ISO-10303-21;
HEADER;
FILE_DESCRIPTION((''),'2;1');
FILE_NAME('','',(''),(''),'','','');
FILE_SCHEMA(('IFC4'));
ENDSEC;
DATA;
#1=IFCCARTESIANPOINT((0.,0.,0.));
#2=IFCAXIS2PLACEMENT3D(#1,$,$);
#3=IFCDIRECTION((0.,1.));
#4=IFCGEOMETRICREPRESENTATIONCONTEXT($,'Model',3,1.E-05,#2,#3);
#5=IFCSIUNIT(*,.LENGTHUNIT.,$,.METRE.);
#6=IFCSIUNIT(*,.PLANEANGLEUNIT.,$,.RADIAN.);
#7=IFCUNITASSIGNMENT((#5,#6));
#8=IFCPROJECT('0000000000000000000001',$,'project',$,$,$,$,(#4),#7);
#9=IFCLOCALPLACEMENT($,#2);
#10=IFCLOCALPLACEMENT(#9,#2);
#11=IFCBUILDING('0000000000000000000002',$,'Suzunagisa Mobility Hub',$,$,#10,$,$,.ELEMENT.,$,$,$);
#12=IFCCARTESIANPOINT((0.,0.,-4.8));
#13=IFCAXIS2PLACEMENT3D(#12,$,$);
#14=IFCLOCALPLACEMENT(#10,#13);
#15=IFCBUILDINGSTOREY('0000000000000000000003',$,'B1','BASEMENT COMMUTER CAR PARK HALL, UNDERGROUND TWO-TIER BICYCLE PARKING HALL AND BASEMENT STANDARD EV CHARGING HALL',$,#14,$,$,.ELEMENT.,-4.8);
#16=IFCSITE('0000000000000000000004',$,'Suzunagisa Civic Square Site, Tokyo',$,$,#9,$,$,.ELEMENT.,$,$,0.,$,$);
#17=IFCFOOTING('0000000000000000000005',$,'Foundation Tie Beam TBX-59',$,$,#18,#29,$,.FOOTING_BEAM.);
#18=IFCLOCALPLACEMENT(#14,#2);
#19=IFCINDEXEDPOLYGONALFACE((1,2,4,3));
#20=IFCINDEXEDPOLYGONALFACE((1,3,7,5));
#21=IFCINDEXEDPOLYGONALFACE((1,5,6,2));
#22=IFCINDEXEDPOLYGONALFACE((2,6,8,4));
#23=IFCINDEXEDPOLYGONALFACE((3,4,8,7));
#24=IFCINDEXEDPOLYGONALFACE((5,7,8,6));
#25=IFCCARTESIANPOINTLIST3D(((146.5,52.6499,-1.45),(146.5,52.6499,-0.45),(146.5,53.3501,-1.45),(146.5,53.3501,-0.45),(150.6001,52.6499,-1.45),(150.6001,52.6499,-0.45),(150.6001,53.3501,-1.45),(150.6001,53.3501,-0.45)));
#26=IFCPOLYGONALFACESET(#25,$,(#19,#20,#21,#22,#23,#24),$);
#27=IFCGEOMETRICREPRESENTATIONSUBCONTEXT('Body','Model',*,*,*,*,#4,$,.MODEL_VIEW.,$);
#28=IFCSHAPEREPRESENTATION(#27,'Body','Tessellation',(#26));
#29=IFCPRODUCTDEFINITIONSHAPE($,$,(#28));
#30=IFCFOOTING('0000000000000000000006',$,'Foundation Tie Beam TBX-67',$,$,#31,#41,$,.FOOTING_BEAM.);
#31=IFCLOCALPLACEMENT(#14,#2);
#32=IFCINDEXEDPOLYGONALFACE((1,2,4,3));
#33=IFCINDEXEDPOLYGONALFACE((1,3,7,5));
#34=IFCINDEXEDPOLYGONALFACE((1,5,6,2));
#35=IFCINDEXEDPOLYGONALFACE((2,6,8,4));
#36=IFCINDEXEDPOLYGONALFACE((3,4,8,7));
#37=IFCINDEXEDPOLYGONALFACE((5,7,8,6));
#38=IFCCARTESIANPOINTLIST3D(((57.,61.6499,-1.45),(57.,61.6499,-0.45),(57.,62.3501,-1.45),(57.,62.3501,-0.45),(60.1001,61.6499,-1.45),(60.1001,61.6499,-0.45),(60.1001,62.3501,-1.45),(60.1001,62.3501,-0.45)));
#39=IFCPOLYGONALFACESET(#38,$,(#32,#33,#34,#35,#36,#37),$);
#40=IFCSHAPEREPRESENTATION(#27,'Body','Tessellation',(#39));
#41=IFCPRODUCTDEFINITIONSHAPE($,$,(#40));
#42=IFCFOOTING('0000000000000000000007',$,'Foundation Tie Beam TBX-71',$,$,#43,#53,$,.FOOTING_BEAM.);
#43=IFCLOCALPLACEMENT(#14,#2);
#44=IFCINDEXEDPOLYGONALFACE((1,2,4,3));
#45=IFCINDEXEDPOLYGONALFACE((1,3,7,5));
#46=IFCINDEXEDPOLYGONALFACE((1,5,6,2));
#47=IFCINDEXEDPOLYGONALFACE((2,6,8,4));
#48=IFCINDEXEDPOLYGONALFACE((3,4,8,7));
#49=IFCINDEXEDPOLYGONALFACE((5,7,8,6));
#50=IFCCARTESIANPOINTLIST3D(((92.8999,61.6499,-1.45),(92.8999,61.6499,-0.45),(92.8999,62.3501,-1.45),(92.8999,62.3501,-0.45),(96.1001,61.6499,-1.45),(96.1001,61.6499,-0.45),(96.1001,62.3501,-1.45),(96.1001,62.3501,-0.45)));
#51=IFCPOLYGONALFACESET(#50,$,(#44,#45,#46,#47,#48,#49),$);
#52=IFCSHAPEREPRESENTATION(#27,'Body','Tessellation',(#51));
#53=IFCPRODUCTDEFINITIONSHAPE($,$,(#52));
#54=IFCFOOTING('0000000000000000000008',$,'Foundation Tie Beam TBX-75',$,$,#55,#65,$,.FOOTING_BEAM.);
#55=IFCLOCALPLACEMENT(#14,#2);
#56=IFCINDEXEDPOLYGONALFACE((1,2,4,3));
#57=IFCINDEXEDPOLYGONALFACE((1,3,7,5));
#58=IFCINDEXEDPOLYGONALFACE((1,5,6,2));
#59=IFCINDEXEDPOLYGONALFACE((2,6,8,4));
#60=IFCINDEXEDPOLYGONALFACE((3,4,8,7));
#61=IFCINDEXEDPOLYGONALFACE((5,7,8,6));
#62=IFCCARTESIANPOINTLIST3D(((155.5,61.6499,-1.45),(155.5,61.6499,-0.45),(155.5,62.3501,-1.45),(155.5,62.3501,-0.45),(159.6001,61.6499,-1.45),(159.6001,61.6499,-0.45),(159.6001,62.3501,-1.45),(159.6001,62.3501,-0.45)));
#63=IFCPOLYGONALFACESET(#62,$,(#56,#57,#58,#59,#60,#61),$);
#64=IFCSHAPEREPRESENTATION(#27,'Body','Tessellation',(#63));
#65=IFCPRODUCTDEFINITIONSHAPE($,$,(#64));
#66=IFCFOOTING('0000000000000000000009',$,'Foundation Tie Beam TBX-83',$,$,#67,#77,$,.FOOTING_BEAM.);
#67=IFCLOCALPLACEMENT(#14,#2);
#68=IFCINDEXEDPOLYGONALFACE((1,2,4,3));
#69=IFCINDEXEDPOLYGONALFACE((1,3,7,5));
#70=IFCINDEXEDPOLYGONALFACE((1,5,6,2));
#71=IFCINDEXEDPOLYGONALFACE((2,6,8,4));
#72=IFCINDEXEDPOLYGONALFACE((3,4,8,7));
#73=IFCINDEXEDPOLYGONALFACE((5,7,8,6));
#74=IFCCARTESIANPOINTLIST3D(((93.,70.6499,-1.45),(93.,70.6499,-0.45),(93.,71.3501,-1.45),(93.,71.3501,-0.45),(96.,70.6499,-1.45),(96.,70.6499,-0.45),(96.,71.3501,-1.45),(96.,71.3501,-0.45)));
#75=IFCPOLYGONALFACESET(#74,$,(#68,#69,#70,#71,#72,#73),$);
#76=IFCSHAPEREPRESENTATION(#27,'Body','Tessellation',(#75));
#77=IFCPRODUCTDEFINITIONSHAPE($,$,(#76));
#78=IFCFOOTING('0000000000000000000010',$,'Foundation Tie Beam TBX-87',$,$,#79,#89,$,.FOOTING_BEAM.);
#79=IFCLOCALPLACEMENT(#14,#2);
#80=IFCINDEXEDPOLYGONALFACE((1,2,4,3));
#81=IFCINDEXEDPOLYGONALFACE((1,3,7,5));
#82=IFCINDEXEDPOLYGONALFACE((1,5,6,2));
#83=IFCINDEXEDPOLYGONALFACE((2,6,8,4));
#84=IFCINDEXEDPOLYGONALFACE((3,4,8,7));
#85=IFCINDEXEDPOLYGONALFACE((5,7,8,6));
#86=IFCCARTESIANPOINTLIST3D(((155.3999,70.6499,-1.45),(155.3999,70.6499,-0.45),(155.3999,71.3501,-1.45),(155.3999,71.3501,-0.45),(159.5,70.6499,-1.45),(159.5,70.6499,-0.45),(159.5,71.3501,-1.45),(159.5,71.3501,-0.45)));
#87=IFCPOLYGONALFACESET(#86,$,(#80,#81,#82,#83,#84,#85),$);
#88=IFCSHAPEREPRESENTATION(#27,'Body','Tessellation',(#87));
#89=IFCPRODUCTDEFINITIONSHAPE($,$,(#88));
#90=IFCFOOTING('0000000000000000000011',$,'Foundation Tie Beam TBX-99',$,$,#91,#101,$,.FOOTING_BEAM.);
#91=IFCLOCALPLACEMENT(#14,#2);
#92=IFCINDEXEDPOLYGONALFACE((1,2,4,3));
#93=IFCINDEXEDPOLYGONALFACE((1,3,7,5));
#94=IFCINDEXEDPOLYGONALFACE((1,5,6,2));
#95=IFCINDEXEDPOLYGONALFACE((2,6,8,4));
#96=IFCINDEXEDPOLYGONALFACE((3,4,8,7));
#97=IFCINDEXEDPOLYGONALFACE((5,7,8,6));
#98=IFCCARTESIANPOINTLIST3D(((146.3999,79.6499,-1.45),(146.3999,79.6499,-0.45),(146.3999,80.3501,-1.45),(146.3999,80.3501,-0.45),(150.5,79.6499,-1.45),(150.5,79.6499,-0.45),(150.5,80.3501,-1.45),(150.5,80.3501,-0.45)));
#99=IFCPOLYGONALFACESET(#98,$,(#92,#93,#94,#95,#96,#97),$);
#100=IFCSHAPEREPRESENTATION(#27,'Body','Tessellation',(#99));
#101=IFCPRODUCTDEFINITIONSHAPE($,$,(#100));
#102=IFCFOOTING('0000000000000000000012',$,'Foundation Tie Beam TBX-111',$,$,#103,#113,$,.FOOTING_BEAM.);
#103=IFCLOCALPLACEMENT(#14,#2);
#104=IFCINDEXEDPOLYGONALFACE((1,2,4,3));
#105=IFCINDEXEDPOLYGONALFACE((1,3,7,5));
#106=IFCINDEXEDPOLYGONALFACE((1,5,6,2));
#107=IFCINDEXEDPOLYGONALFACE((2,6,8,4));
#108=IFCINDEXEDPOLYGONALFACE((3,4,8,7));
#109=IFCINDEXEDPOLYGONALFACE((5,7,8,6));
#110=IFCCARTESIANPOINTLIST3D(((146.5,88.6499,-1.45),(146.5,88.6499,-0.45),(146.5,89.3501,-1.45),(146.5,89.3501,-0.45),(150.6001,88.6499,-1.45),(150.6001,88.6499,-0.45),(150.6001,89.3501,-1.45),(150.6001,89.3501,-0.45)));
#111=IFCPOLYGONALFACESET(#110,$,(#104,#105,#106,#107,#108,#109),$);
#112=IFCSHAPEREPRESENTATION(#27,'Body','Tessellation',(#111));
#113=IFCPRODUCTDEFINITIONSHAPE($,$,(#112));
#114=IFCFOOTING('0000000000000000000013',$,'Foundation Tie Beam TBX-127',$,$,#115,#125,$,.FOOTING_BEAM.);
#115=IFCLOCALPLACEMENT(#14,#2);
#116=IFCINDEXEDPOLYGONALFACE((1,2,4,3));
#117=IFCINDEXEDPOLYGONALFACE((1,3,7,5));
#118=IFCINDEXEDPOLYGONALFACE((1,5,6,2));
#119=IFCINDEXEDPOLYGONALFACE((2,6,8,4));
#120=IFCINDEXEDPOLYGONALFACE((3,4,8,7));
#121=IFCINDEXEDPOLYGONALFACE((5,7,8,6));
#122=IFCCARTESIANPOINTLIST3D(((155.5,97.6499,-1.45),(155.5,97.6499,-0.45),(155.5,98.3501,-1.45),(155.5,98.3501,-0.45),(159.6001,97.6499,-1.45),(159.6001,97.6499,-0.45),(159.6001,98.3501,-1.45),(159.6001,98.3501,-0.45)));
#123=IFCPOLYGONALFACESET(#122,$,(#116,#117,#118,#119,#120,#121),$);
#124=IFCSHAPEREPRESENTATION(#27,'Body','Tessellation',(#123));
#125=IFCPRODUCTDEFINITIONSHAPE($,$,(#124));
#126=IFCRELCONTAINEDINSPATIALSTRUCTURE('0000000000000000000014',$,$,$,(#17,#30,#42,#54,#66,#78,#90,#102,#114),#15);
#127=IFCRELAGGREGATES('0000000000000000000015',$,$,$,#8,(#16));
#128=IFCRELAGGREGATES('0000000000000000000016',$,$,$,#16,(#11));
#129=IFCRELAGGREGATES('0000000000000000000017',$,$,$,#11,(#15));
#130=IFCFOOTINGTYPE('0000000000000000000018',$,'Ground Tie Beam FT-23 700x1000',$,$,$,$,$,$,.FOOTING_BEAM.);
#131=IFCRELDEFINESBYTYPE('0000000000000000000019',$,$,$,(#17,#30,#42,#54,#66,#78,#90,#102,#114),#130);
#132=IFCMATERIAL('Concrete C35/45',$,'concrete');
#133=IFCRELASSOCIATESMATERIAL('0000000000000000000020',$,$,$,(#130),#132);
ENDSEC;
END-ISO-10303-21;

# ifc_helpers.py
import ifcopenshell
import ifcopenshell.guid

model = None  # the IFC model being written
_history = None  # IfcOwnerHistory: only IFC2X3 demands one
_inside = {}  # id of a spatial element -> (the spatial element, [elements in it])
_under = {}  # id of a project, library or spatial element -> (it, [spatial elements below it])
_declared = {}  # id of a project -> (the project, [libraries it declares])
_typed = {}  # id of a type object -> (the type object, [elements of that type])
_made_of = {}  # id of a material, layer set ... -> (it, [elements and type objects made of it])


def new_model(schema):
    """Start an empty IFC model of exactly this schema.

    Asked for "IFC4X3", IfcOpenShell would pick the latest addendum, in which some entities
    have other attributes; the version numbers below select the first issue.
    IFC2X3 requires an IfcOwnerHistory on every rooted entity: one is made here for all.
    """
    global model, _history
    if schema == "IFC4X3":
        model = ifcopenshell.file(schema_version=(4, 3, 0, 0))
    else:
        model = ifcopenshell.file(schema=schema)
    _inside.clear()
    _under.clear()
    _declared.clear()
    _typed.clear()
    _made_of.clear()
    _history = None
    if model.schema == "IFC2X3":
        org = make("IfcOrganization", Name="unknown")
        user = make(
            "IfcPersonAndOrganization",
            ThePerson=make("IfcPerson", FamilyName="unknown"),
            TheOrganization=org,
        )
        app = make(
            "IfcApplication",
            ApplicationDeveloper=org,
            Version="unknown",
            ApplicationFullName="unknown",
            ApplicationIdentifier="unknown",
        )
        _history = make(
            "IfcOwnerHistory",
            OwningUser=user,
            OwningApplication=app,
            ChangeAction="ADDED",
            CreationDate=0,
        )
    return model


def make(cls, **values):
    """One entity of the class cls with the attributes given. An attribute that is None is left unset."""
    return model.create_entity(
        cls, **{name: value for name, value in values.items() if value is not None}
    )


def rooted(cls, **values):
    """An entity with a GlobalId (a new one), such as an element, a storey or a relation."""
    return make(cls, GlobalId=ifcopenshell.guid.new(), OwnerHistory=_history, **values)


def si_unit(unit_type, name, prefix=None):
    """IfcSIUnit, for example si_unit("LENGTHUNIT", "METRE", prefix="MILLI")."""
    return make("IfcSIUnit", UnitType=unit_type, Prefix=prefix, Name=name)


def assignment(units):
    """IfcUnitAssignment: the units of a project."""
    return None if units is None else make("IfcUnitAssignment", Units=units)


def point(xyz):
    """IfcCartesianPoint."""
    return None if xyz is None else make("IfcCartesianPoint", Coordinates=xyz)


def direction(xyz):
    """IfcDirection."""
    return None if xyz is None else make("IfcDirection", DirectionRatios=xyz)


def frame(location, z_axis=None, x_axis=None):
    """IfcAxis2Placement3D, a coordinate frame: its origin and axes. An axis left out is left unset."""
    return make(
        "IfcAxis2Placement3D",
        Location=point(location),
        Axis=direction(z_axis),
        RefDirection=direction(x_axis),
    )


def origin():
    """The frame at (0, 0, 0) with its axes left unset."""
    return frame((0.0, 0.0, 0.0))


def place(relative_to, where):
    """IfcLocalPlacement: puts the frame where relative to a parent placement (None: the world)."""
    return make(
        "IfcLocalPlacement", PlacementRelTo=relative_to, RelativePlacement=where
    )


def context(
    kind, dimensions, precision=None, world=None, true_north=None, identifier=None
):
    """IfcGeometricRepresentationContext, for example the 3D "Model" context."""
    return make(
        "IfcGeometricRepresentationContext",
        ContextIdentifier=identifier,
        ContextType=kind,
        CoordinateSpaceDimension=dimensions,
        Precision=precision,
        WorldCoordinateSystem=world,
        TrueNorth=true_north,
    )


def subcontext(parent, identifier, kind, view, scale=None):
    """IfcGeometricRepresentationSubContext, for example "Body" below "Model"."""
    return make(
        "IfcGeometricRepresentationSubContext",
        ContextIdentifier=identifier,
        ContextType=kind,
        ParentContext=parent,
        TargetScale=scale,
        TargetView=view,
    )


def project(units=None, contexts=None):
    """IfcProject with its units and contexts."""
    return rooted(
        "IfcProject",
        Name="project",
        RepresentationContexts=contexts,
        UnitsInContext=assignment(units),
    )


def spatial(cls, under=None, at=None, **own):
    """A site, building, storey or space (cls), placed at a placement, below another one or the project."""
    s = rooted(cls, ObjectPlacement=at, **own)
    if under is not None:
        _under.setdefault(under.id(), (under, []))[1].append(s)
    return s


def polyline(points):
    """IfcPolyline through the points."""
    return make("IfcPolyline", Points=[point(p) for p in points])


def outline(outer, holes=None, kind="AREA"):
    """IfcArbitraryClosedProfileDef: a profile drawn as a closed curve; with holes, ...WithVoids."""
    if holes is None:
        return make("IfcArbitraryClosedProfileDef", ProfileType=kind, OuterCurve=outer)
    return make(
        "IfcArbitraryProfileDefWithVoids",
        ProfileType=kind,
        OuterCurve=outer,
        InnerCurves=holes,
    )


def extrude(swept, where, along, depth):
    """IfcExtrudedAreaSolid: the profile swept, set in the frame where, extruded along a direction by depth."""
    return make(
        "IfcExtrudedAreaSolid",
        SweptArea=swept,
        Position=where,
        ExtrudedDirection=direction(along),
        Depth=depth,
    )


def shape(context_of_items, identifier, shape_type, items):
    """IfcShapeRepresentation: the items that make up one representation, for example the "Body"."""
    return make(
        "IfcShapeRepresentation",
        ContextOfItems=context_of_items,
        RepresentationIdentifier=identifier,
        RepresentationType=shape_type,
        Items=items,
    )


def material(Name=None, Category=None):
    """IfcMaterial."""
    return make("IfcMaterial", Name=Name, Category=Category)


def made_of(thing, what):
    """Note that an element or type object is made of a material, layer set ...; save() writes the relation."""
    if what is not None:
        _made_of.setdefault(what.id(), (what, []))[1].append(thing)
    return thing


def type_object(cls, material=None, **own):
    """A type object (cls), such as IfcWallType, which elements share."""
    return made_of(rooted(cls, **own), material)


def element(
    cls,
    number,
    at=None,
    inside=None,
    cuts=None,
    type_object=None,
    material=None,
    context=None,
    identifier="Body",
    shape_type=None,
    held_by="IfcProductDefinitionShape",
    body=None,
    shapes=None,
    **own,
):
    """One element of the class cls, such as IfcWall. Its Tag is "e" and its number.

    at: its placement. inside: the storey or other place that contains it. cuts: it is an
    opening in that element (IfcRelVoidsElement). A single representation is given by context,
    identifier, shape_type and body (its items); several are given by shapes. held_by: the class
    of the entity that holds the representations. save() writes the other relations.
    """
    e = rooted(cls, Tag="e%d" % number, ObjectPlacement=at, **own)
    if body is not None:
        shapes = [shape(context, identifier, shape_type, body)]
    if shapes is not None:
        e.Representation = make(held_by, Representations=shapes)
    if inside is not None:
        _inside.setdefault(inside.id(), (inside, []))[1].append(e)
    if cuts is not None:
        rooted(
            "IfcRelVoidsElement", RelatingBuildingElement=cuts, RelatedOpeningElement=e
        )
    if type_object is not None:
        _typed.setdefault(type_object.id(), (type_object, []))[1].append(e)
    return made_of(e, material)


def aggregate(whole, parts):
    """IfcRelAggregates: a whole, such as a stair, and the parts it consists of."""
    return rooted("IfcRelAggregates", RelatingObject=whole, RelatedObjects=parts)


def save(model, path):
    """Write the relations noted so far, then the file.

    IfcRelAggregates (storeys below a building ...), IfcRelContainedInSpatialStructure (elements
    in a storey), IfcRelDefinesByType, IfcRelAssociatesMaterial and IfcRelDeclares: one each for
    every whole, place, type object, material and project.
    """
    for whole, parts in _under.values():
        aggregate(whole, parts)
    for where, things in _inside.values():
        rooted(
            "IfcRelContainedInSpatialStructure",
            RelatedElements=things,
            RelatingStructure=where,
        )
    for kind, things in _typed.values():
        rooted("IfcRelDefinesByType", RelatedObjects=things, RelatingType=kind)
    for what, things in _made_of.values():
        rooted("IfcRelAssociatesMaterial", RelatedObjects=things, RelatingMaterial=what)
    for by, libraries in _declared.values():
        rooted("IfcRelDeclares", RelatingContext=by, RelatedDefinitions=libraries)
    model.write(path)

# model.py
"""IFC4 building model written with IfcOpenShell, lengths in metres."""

from ifc_helpers import new_model, si_unit, direction, frame, origin, place, context, subcontext, project, spatial, polyline, outline, extrude, material, type_object, element, save


model = new_model("IFC4")

# Units and contexts
model_context = context("Model", 3, precision=1e-05, world=origin(), true_north=direction((0.0, 1.0)))
body_context = subcontext(model_context, "Body", "Model", "MODEL_VIEW")
ifc_project = project(units=[si_unit("LENGTHUNIT", "METRE"), si_unit("PLANEANGLEUNIT", "RADIAN")], contexts=[model_context])

# Site, building, storey
site_placement = place(None, origin())
site = spatial("IfcSite", under=ifc_project, at=site_placement, Name="Suzunagisa Civic Square Site, Tokyo", CompositionType="ELEMENT", RefElevation=0.0)
building_placement = place(site_placement, origin())
building = spatial("IfcBuilding", under=site, at=building_placement, Name="Suzunagisa Mobility Hub", CompositionType="ELEMENT")
storey_placement = place(building_placement, frame((0.0, 0.0, -4.8)))
storey = spatial("IfcBuildingStorey", under=building, at=storey_placement, Name="B1", Description="BASEMENT COMMUTER CAR PARK HALL, UNDERGROUND TWO-TIER BICYCLE PARKING HALL AND BASEMENT STANDARD EV CHARGING HALL", CompositionType="ELEMENT", Elevation=-4.8)

# Footings
ifc_material = material(Name="Concrete C35/45", Category="concrete")
footing_type_1 = type_object("IfcFootingType", Name="Ground Tie Beam FT-23 700x1000", PredefinedType="FOOTING_BEAM", material=ifc_material)
footing_1_placement = place(storey_placement, frame((0.0, 0.0, -1.45)))
element("IfcFooting", 1, at=footing_1_placement, inside=storey, type_object=footing_type_1, Name="Foundation Tie Beam TBX-59", PredefinedType="FOOTING_BEAM", context=body_context, shape_type="SweptSolid", body=[
    extrude(outline(polyline([(146.5, 52.6499), (150.6001, 52.6499), (150.6001, 53.3501), (146.5, 53.3501), (146.5, 52.6499)])), origin(), (0.0, 0.0, 1.0), 1.0),
])
footing_2_placement = place(storey_placement, frame((0.0, 0.0, -1.45)))
element("IfcFooting", 2, at=footing_2_placement, inside=storey, type_object=footing_type_1, Name="Foundation Tie Beam TBX-67", PredefinedType="FOOTING_BEAM", context=body_context, shape_type="SweptSolid", body=[
    extrude(outline(polyline([(57.0, 61.6499), (60.1001, 61.6499), (60.1001, 62.3501), (57.0, 62.3501), (57.0, 61.6499)])), origin(), (0.0, 0.0, 1.0), 1.0),
])
footing_3_placement = place(storey_placement, frame((0.0, 0.0, -1.45)))
element("IfcFooting", 3, at=footing_3_placement, inside=storey, type_object=footing_type_1, Name="Foundation Tie Beam TBX-71", PredefinedType="FOOTING_BEAM", context=body_context, shape_type="SweptSolid", body=[
    extrude(outline(polyline([(92.8999, 61.6499), (96.1001, 61.6499), (96.1001, 62.3501), (92.8999, 62.3501), (92.8999, 61.6499)])), origin(), (0.0, 0.0, 1.0), 1.0),
])
footing_4_placement = place(storey_placement, frame((0.0, 0.0, -1.45)))
element("IfcFooting", 4, at=footing_4_placement, inside=storey, type_object=footing_type_1, Name="Foundation Tie Beam TBX-75", PredefinedType="FOOTING_BEAM", context=body_context, shape_type="SweptSolid", body=[
    extrude(outline(polyline([(155.5, 61.6499), (159.6001, 61.6499), (159.6001, 62.3501), (155.5, 62.3501), (155.5, 61.6499)])), origin(), (0.0, 0.0, 1.0), 1.0),
])
footing_5_placement = place(storey_placement, frame((0.0, 0.0, -1.45)))
element("IfcFooting", 5, at=footing_5_placement, inside=storey, type_object=footing_type_1, Name="Foundation Tie Beam TBX-83", PredefinedType="FOOTING_BEAM", context=body_context, shape_type="SweptSolid", body=[
    extrude(outline(polyline([(93.0, 70.6499), (96.0, 70.6499), (96.0, 71.3501), (93.0, 71.3501), (93.0, 70.6499)])), origin(), (0.0, 0.0, 1.0), 1.0),
])
footing_6_placement = place(storey_placement, frame((0.0, 0.0, -1.45)))
element("IfcFooting", 6, at=footing_6_placement, inside=storey, type_object=footing_type_1, Name="Foundation Tie Beam TBX-87", PredefinedType="FOOTING_BEAM", context=body_context, shape_type="SweptSolid", body=[
    extrude(outline(polyline([(155.3999, 70.6499), (159.5, 70.6499), (159.5, 71.3501), (155.3999, 71.3501), (155.3999, 70.6499)])), origin(), (0.0, 0.0, 1.0), 1.0),
])
footing_7_placement = place(storey_placement, frame((0.0, 0.0, -1.45)))
element("IfcFooting", 7, at=footing_7_placement, inside=storey, type_object=footing_type_1, Name="Foundation Tie Beam TBX-99", PredefinedType="FOOTING_BEAM", context=body_context, shape_type="SweptSolid", body=[
    extrude(outline(polyline([(146.3999, 79.6499), (150.5, 79.6499), (150.5, 80.3501), (146.3999, 80.3501), (146.3999, 79.6499)])), origin(), (0.0, 0.0, 1.0), 1.0),
])
footing_8_placement = place(storey_placement, frame((0.0, 0.0, -1.45)))
element("IfcFooting", 8, at=footing_8_placement, inside=storey, type_object=footing_type_1, Name="Foundation Tie Beam TBX-111", PredefinedType="FOOTING_BEAM", context=body_context, shape_type="SweptSolid", body=[
    extrude(outline(polyline([(146.5, 88.6499), (150.6001, 88.6499), (150.6001, 89.3501), (146.5, 89.3501), (146.5, 88.6499)])), origin(), (0.0, 0.0, 1.0), 1.0),
])
footing_9_placement = place(storey_placement, frame((0.0, 0.0, -1.45)))
element("IfcFooting", 9, at=footing_9_placement, inside=storey, type_object=footing_type_1, Name="Foundation Tie Beam TBX-127", PredefinedType="FOOTING_BEAM", context=body_context, shape_type="SweptSolid", body=[
    extrude(outline(polyline([(155.5, 97.6499), (159.6001, 97.6499), (159.6001, 98.3501), (155.5, 98.3501), (155.5, 97.6499)])), origin(), (0.0, 0.0, 1.0), 1.0),
])

save(model, "model.ifc")
